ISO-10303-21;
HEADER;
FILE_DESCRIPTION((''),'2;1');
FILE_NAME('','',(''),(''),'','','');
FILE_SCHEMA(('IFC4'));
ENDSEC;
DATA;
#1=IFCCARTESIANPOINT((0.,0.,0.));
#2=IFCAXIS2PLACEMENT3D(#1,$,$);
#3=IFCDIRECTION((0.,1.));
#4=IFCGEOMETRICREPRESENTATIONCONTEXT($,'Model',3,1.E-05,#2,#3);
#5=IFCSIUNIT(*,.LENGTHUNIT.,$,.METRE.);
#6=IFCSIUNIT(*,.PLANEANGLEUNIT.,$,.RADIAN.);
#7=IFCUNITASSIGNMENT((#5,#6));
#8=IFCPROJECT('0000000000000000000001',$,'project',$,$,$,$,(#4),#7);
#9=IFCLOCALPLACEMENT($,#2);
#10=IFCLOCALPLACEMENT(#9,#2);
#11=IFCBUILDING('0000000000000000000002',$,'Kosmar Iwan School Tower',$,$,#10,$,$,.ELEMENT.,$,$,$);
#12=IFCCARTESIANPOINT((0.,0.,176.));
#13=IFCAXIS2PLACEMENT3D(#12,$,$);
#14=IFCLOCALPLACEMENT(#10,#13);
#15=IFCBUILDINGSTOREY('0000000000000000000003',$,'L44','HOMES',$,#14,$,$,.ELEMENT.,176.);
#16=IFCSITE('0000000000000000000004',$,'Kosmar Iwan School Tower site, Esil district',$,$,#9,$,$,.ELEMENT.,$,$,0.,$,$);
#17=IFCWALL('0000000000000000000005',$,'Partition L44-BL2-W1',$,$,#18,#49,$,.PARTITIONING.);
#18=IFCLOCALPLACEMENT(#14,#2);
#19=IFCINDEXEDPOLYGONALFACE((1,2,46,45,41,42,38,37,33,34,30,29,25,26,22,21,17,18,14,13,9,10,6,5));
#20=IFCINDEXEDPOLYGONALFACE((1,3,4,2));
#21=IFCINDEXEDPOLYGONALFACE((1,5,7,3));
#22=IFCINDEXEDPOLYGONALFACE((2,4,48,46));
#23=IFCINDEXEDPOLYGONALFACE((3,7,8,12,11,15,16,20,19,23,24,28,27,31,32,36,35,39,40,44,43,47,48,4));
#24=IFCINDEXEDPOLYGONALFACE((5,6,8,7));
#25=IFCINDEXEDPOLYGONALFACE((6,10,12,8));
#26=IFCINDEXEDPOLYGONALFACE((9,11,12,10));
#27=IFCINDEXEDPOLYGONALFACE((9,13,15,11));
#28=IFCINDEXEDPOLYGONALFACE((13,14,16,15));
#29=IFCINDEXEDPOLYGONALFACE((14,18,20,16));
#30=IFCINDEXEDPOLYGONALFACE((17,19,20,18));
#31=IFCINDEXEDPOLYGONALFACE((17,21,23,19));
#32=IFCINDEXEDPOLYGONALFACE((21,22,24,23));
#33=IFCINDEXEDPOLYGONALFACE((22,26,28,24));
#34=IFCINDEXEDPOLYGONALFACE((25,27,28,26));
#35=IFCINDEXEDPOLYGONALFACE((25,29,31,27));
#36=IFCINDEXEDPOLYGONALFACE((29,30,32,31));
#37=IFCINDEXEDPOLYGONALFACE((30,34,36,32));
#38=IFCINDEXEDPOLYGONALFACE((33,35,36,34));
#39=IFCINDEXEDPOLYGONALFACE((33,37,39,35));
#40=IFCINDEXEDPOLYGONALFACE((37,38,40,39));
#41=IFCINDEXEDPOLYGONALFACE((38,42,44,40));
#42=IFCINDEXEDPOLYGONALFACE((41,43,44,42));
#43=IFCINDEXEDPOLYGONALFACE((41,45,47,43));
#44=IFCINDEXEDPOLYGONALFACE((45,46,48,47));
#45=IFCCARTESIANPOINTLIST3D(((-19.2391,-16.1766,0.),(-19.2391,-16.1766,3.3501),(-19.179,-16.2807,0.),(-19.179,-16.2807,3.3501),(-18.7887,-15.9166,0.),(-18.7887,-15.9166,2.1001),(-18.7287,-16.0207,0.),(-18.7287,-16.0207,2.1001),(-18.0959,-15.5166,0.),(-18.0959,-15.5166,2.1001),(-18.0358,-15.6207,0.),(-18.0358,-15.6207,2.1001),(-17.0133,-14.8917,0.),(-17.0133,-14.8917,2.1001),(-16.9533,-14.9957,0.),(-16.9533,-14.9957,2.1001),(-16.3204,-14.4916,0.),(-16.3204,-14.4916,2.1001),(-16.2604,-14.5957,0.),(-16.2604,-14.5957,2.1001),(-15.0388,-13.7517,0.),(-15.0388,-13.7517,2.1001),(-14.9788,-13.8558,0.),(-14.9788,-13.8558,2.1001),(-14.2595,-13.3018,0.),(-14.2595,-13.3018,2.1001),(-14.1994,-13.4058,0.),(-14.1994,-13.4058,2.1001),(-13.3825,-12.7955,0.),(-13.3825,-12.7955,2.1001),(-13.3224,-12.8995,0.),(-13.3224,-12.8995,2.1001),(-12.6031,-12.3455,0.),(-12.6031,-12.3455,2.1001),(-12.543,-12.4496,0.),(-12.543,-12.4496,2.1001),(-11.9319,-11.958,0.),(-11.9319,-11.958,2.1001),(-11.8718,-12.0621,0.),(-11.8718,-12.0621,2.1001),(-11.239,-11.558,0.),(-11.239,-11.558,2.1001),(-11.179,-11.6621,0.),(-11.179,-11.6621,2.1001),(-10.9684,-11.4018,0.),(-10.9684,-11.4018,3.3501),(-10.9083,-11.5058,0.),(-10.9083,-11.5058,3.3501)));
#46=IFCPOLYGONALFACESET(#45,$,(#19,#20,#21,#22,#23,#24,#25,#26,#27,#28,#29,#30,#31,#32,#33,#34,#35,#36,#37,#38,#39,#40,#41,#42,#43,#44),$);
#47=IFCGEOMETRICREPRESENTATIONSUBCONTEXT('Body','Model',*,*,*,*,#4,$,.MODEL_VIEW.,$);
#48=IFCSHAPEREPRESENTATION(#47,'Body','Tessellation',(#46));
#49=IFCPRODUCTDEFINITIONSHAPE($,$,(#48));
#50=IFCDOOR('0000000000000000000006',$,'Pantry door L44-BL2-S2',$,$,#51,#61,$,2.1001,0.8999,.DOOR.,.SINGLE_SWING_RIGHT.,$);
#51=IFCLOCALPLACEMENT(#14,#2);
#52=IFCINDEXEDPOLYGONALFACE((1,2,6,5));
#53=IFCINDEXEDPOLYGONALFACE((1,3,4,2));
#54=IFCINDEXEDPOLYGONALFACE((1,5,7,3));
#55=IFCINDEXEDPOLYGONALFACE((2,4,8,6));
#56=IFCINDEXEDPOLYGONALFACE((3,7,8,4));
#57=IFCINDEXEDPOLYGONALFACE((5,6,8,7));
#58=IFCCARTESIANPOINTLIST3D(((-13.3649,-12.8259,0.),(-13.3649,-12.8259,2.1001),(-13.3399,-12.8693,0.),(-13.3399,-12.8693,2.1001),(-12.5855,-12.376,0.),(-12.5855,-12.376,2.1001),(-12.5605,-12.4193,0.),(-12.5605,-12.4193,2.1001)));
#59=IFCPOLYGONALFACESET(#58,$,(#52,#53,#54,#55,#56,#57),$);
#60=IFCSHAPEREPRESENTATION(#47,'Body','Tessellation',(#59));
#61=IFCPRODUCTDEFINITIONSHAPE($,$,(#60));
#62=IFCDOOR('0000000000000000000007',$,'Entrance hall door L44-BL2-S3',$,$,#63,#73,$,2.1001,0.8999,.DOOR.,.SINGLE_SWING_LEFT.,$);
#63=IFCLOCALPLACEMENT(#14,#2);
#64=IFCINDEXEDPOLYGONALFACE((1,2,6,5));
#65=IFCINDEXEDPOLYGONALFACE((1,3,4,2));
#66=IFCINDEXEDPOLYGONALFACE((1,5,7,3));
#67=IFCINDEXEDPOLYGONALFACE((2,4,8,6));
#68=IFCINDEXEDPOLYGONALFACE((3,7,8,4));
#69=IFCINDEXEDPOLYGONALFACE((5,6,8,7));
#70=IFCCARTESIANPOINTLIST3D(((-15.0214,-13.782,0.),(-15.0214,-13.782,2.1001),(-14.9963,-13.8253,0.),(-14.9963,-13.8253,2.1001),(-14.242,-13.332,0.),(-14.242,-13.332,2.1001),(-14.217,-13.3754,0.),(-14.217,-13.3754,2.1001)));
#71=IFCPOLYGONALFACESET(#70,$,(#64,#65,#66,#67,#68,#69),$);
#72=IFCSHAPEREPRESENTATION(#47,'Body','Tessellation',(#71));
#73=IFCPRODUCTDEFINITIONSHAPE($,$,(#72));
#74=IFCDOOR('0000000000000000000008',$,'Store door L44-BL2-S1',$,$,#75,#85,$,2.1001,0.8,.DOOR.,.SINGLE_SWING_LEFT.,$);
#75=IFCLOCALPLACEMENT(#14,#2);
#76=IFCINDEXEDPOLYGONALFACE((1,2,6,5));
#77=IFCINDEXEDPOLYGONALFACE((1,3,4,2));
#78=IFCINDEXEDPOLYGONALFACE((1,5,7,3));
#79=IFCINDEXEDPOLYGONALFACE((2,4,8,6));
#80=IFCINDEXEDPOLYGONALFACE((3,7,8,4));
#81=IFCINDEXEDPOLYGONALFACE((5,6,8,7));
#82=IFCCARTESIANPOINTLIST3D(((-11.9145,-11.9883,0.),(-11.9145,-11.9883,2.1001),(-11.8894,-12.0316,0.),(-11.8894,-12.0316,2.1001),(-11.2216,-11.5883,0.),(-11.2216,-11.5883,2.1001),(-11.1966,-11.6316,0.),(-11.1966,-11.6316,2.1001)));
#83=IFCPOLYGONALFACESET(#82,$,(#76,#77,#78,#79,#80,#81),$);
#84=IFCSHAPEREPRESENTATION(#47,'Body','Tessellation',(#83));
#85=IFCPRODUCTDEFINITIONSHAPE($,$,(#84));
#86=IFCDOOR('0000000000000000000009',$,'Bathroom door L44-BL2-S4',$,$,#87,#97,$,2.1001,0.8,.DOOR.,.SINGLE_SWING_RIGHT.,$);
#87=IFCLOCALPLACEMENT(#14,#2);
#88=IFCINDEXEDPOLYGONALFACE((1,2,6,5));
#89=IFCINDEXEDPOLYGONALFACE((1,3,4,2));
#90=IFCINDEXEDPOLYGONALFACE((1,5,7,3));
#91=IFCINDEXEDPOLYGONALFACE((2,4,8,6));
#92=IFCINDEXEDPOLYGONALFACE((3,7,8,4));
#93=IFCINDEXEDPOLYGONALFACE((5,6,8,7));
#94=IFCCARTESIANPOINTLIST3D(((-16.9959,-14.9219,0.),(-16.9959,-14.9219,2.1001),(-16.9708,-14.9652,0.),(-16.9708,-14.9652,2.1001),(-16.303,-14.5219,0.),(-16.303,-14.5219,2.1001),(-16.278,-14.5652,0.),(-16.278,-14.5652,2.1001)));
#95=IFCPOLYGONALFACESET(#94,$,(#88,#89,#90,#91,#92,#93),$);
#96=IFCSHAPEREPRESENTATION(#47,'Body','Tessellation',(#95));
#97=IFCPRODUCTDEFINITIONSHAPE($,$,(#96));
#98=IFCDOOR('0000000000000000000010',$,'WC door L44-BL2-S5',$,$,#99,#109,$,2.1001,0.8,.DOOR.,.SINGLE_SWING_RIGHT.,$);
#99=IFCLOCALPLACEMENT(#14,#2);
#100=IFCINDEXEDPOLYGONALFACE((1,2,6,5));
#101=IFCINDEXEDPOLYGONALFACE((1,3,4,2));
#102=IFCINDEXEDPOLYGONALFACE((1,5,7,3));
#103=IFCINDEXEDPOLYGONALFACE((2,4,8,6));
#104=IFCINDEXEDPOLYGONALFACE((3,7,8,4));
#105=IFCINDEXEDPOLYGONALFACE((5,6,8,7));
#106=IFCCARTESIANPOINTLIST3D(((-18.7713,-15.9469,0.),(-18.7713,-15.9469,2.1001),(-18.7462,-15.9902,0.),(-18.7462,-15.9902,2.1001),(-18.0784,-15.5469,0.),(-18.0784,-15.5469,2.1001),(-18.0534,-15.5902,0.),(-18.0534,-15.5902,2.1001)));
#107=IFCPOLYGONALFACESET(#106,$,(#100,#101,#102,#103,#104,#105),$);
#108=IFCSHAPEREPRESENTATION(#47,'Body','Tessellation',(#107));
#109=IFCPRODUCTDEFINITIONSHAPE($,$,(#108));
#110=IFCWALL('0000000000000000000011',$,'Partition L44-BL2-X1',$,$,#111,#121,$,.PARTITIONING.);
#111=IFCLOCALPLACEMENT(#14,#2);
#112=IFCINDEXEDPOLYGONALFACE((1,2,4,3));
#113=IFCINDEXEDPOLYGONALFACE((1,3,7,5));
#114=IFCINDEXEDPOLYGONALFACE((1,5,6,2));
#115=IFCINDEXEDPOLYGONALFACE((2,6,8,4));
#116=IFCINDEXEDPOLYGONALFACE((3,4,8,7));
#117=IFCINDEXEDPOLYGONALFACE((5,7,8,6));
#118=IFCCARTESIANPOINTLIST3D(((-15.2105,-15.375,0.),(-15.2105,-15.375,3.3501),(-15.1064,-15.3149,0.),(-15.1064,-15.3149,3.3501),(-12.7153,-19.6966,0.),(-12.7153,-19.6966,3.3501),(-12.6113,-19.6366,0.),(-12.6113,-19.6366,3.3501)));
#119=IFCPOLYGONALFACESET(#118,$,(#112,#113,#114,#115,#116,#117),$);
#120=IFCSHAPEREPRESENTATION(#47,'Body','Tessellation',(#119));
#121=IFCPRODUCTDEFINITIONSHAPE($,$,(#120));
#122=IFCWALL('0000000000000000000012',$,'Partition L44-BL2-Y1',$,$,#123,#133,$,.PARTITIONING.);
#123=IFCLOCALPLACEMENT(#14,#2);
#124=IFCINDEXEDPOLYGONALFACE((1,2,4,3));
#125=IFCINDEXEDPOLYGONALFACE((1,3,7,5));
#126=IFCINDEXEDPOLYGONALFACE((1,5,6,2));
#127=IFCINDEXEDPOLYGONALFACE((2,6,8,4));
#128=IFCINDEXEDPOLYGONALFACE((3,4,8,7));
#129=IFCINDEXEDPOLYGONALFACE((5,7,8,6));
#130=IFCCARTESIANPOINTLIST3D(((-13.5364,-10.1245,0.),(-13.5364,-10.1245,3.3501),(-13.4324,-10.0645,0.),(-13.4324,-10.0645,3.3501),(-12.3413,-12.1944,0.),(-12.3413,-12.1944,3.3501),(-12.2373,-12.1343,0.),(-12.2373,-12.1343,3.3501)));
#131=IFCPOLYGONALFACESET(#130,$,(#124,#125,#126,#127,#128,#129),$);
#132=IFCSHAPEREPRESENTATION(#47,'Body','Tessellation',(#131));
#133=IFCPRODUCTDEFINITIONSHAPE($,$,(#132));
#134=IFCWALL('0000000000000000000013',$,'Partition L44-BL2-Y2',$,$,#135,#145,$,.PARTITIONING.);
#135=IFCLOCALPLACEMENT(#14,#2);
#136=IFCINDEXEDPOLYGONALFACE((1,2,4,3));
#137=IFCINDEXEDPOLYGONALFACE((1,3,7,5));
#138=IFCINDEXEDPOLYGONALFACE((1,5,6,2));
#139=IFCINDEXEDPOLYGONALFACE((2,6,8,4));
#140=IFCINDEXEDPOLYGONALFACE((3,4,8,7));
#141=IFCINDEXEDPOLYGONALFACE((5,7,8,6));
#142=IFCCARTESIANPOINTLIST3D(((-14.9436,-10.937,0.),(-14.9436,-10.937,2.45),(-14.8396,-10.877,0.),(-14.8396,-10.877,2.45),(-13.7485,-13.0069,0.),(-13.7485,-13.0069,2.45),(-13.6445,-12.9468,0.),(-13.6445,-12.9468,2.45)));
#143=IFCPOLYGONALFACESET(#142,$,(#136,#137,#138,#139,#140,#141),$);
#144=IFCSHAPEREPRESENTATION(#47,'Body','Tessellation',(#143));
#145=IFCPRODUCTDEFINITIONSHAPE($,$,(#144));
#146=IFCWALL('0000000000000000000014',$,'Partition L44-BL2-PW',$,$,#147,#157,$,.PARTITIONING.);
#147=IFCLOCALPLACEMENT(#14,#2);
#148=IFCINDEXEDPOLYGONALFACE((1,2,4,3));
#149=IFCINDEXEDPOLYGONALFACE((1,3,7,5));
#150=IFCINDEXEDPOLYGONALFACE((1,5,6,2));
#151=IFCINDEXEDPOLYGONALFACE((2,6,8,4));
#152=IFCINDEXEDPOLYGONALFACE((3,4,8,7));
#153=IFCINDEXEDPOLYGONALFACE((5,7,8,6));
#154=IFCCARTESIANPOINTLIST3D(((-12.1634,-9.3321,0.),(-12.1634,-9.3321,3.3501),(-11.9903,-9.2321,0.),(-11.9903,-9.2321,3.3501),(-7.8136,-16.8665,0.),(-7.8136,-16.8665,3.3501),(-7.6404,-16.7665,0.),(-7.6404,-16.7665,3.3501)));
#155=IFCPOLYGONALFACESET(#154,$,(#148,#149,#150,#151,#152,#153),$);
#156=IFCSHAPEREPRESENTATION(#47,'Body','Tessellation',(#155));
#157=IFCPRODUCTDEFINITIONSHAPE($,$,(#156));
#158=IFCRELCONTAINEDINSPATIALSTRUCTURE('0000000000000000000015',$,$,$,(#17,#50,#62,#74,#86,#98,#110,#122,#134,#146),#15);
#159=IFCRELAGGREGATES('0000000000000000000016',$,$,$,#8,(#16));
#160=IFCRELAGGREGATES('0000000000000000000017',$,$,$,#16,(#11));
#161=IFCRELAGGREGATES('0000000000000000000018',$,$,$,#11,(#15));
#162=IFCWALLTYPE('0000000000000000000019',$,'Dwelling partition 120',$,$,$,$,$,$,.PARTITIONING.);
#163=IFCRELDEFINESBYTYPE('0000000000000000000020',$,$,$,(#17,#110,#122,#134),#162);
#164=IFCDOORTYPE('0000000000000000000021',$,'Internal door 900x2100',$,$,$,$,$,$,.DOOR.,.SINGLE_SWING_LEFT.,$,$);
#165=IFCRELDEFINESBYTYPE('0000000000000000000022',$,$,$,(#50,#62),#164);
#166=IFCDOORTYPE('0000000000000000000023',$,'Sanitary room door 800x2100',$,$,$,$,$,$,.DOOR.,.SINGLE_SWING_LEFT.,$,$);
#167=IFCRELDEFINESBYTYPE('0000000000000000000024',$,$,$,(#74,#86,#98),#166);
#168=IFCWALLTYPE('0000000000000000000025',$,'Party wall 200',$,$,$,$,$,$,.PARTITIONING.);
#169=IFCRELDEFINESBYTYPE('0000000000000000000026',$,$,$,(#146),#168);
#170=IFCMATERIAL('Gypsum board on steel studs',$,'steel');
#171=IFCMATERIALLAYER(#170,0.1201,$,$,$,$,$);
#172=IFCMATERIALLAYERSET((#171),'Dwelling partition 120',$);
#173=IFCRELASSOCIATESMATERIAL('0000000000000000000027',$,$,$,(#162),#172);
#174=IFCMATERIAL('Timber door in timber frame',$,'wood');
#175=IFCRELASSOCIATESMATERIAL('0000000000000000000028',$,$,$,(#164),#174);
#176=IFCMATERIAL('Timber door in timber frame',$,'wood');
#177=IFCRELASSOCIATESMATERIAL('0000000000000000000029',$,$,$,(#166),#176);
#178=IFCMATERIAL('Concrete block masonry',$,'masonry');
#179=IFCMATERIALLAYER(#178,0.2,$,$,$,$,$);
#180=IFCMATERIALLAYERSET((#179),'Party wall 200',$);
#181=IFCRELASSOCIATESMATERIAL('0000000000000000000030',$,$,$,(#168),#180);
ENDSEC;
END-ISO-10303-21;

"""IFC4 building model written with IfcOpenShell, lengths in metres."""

from ifc_helpers import new_model, si_unit, direction, frame, frame_2d, origin, place, context, subcontext, project, spatial, rectangle, extrude, material, layer, layer_set, type_object, element, fill, save


model = new_model("IFC4")

# Units and contexts
model_context = context("Model", 3, precision=1e-05, world=origin(), true_north=direction((0.0, 1.0)))
body_context = subcontext(model_context, "Body", "Model", "MODEL_VIEW")
ifc_project = project(units=[si_unit("LENGTHUNIT", "METRE"), si_unit("PLANEANGLEUNIT", "RADIAN")], contexts=[model_context])

# Site, building, storey
site_placement = place(None, origin())
site = spatial("IfcSite", under=ifc_project, at=site_placement, Name="Kosmar Iwan School Tower site, Esil district", CompositionType="ELEMENT", RefElevation=0.0)
building_placement = place(site_placement, origin())
building = spatial("IfcBuilding", under=site, at=building_placement, Name="Kosmar Iwan School Tower", CompositionType="ELEMENT")
storey_placement = place(building_placement, frame((0.0, 0.0, 176.0)))
storey = spatial("IfcBuildingStorey", under=building, at=storey_placement, Name="L44", Description="HOMES", CompositionType="ELEMENT", Elevation=176.0)

# Wall, openings, doors
ifc_material_1 = material(Name="Gypsum board on steel studs", Category="steel")
ifc_layer_1 = layer(ifc_material_1, 0.1201)
ifc_layer_set_1 = layer_set([ifc_layer_1], Name="Dwelling partition 120")
wall_type_1 = type_object("IfcWallType", Name="Dwelling partition 120", PredefinedType="PARTITIONING", material=ifc_layer_set_1)
wall_1_placement = place(storey_placement, frame((-10.9385, -11.4539, 0.0), z_axis=(0.0, 0.0, 1.0), x_axis=(-0.866035, -0.499983, 0.0)))
wall_1 = element("IfcWall", 1, at=wall_1_placement, inside=storey, type_object=wall_type_1, Name="Partition L44-BL2-W1", PredefinedType="PARTITIONING", context=body_context, shape_type="SweptSolid", body=[
    extrude(rectangle(XDim=9.55, YDim=0.1201, at=frame_2d((4.7749, 0.0))), origin(), (0.0, 0.0, 1.0), 3.3501),
])
opening_1_placement = place(wall_1_placement, frame((0.3125, 0.0, 0.0)))
opening_1 = element("IfcOpeningElement", 2, at=opening_1_placement, cuts=wall_1, PredefinedType="OPENING", context=body_context, shape_type="SweptSolid", body=[
    extrude(rectangle(XDim=0.8, YDim=2.1001, at=frame_2d((0.3999, 1.05))), frame((0.0, 0.072, 0.0), z_axis=(0.0, -1.0, 0.0), x_axis=(1.0, 0.0, 0.0)), (0.0, 0.0, 1.0), 0.144),
])
opening_2_placement = place(wall_1_placement, frame((1.8875, 0.0, 0.0)))
opening_2 = element("IfcOpeningElement", 3, at=opening_2_placement, cuts=wall_1, PredefinedType="OPENING", context=body_context, shape_type="SweptSolid", body=[
    extrude(rectangle(XDim=0.8999, YDim=2.1001, at=frame_2d((0.45, 1.05))), frame((0.0, 0.072, 0.0), z_axis=(0.0, -1.0, 0.0), x_axis=(1.0, 0.0, 0.0)), (0.0, 0.0, 1.0), 0.144),
])
opening_3_placement = place(wall_1_placement, frame((3.8, 0.0, 0.0)))
opening_3 = element("IfcOpeningElement", 4, at=opening_3_placement, cuts=wall_1, PredefinedType="OPENING", context=body_context, shape_type="SweptSolid", body=[
    extrude(rectangle(XDim=0.8999, YDim=2.1001, at=frame_2d((0.45, 1.05))), frame((0.0, 0.072, 0.0), z_axis=(0.0, -1.0, 0.0), x_axis=(1.0, 0.0, 0.0)), (0.0, 0.0, 1.0), 0.144),
])
opening_4_placement = place(wall_1_placement, frame((6.1799, 0.0, 0.0)))
opening_4 = element("IfcOpeningElement", 5, at=opening_4_placement, cuts=wall_1, PredefinedType="OPENING", context=body_context, shape_type="SweptSolid", body=[
    extrude(rectangle(XDim=0.8, YDim=2.1001, at=frame_2d((0.3999, 1.05))), frame((0.0, 0.072, 0.0), z_axis=(0.0, -1.0, 0.0), x_axis=(1.0, 0.0, 0.0)), (0.0, 0.0, 1.0), 0.144),
])
opening_5_placement = place(wall_1_placement, frame((8.23, 0.0, 0.0)))
opening_5 = element("IfcOpeningElement", 6, at=opening_5_placement, cuts=wall_1, PredefinedType="OPENING", context=body_context, shape_type="SweptSolid", body=[
    extrude(rectangle(XDim=0.8, YDim=2.1001, at=frame_2d((0.3999, 1.05))), frame((0.0, 0.072, 0.0), z_axis=(0.0, -1.0, 0.0), x_axis=(1.0, 0.0, 0.0)), (0.0, 0.0, 1.0), 0.144),
])
ifc_material_2 = material(Name="Timber door in timber frame", Category="wood")
door_type_1 = type_object("IfcDoorType", Name="Internal door 900x2100", OperationType="SINGLE_SWING_LEFT", PredefinedType="DOOR", material=ifc_material_2)
door_1_placement = place(opening_2_placement, frame((0.8999, 0.0, 0.0), z_axis=(0.0, 0.0, 1.0), x_axis=(-1.0, 0.0, 0.0)))
door_1 = element("IfcDoor", 7, at=door_1_placement, inside=storey, type_object=door_type_1, Name="Pantry door L44-BL2-S2", OperationType="SINGLE_SWING_RIGHT", OverallHeight=2.1001, OverallWidth=0.8999, PredefinedType="DOOR", context=body_context, shape_type="SweptSolid", body=[
    extrude(rectangle(XDim=0.8999, YDim=2.1001, at=frame_2d((0.45, 1.05))), frame((0.0, 0.0249, 0.0), z_axis=(0.0, -1.0, 0.0), x_axis=(1.0, 0.0, 0.0)), (0.0, 0.0, 1.0), 0.05),
])
fill(opening_2, door_1)
door_2_placement = place(opening_3_placement, origin())
door_2 = element("IfcDoor", 8, at=door_2_placement, inside=storey, type_object=door_type_1, Name="Entrance hall door L44-BL2-S3", OperationType="SINGLE_SWING_LEFT", OverallHeight=2.1001, OverallWidth=0.8999, PredefinedType="DOOR", context=body_context, shape_type="SweptSolid", body=[
    extrude(rectangle(XDim=0.8999, YDim=2.1001, at=frame_2d((0.45, 1.05))), frame((0.0, 0.0249, 0.0), z_axis=(0.0, -1.0, 0.0), x_axis=(1.0, 0.0, 0.0)), (0.0, 0.0, 1.0), 0.05),
])
fill(opening_3, door_2)
ifc_material_3 = material(Name="Timber door in timber frame", Category="wood")
door_type_2 = type_object("IfcDoorType", Name="Sanitary room door 800x2100", OperationType="SINGLE_SWING_LEFT", PredefinedType="DOOR", material=ifc_material_3)
door_3_placement = place(opening_1_placement, origin())
door_3 = element("IfcDoor", 9, at=door_3_placement, inside=storey, type_object=door_type_2, Name="Store door L44-BL2-S1", OperationType="SINGLE_SWING_LEFT", OverallHeight=2.1001, OverallWidth=0.8, PredefinedType="DOOR", context=body_context, shape_type="SweptSolid", body=[
    extrude(rectangle(XDim=0.8, YDim=2.1001, at=frame_2d((0.3999, 1.05))), frame((0.0, 0.0249, 0.0), z_axis=(0.0, -1.0, 0.0), x_axis=(1.0, 0.0, 0.0)), (0.0, 0.0, 1.0), 0.05),
])
fill(opening_1, door_3)
door_4_placement = place(opening_4_placement, origin())
door_4 = element("IfcDoor", 10, at=door_4_placement, inside=storey, type_object=door_type_2, Name="Bathroom door L44-BL2-S4", OperationType="SINGLE_SWING_RIGHT", OverallHeight=2.1001, OverallWidth=0.8, PredefinedType="DOOR", context=body_context, shape_type="SweptSolid", body=[
    extrude(rectangle(XDim=0.8, YDim=2.1001, at=frame_2d((0.3999, 1.05))), frame((0.0, 0.0249, 0.0), z_axis=(0.0, -1.0, 0.0), x_axis=(1.0, 0.0, 0.0)), (0.0, 0.0, 1.0), 0.05),
])
fill(opening_4, door_4)
door_5_placement = place(opening_5_placement, origin())
door_5 = element("IfcDoor", 11, at=door_5_placement, inside=storey, type_object=door_type_2, Name="WC door L44-BL2-S5", OperationType="SINGLE_SWING_RIGHT", OverallHeight=2.1001, OverallWidth=0.8, PredefinedType="DOOR", context=body_context, shape_type="SweptSolid", body=[
    extrude(rectangle(XDim=0.8, YDim=2.1001, at=frame_2d((0.3999, 1.05))), frame((0.0, 0.0249, 0.0), z_axis=(0.0, -1.0, 0.0), x_axis=(1.0, 0.0, 0.0)), (0.0, 0.0, 1.0), 0.05),
])
fill(opening_5, door_5)

# Walls
wall_2_placement = place(storey_placement, frame((-15.1584, -15.345, 0.0), z_axis=(0.0, 0.0, 1.0), x_axis=(0.500012, -0.866019, 0.0)))
element("IfcWall", 12, at=wall_2_placement, inside=storey, type_object=wall_type_1, Name="Partition L44-BL2-X1", PredefinedType="PARTITIONING", context=body_context, shape_type="SweptSolid", body=[
    extrude(rectangle(XDim=4.9902, YDim=0.1201, at=frame_2d((2.4951, 0.0))), origin(), (0.0, 0.0, 1.0), 3.3501),
])
wall_3_placement = place(storey_placement, frame((-13.4844, -10.0945, 0.0), z_axis=(0.0, 0.0, 1.0), x_axis=(0.500017, -0.866015, 0.0)))
element("IfcWall", 13, at=wall_3_placement, inside=storey, type_object=wall_type_1, Name="Partition L44-BL2-Y1", PredefinedType="PARTITIONING", context=body_context, shape_type="SweptSolid", body=[
    extrude(rectangle(XDim=2.3901, YDim=0.1201, at=frame_2d((1.1951, 0.0))), origin(), (0.0, 0.0, 1.0), 3.3501),
])
wall_4_placement = place(storey_placement, frame((-14.8916, -10.907, 0.0), z_axis=(0.0, 0.0, 1.0), x_axis=(0.500017, -0.866015, 0.0)))
element("IfcWall", 14, at=wall_4_placement, inside=storey, type_object=wall_type_1, Name="Partition L44-BL2-Y2", PredefinedType="PARTITIONING", context=body_context, shape_type="SweptSolid", body=[
    extrude(rectangle(XDim=2.3901, YDim=0.1201, at=frame_2d((1.1951, 0.0))), origin(), (0.0, 0.0, 1.0), 2.45),
])
ifc_material_4 = material(Name="Concrete block masonry", Category="masonry")
ifc_layer_2 = layer(ifc_material_4, 0.2)
ifc_layer_set_2 = layer_set([ifc_layer_2], Name="Party wall 200")
wall_type_2 = type_object("IfcWallType", Name="Party wall 200", PredefinedType="PARTITIONING", material=ifc_layer_set_2)
wall_5_placement = place(storey_placement, frame((-12.0769, -9.282, 0.0), z_axis=(0.0, 0.0, 1.0), x_axis=(0.499987, -0.866033, 0.0)))
element("IfcWall", 15, at=wall_5_placement, inside=storey, type_object=wall_type_2, Name="Partition L44-BL2-PW", PredefinedType="PARTITIONING", context=body_context, shape_type="SweptSolid", body=[
    extrude(rectangle(XDim=8.7, YDim=0.2, at=frame_2d((4.3501, 0.0))), origin(), (0.0, 0.0, 1.0), 3.3501),
])

save(model, "model.ifc")
